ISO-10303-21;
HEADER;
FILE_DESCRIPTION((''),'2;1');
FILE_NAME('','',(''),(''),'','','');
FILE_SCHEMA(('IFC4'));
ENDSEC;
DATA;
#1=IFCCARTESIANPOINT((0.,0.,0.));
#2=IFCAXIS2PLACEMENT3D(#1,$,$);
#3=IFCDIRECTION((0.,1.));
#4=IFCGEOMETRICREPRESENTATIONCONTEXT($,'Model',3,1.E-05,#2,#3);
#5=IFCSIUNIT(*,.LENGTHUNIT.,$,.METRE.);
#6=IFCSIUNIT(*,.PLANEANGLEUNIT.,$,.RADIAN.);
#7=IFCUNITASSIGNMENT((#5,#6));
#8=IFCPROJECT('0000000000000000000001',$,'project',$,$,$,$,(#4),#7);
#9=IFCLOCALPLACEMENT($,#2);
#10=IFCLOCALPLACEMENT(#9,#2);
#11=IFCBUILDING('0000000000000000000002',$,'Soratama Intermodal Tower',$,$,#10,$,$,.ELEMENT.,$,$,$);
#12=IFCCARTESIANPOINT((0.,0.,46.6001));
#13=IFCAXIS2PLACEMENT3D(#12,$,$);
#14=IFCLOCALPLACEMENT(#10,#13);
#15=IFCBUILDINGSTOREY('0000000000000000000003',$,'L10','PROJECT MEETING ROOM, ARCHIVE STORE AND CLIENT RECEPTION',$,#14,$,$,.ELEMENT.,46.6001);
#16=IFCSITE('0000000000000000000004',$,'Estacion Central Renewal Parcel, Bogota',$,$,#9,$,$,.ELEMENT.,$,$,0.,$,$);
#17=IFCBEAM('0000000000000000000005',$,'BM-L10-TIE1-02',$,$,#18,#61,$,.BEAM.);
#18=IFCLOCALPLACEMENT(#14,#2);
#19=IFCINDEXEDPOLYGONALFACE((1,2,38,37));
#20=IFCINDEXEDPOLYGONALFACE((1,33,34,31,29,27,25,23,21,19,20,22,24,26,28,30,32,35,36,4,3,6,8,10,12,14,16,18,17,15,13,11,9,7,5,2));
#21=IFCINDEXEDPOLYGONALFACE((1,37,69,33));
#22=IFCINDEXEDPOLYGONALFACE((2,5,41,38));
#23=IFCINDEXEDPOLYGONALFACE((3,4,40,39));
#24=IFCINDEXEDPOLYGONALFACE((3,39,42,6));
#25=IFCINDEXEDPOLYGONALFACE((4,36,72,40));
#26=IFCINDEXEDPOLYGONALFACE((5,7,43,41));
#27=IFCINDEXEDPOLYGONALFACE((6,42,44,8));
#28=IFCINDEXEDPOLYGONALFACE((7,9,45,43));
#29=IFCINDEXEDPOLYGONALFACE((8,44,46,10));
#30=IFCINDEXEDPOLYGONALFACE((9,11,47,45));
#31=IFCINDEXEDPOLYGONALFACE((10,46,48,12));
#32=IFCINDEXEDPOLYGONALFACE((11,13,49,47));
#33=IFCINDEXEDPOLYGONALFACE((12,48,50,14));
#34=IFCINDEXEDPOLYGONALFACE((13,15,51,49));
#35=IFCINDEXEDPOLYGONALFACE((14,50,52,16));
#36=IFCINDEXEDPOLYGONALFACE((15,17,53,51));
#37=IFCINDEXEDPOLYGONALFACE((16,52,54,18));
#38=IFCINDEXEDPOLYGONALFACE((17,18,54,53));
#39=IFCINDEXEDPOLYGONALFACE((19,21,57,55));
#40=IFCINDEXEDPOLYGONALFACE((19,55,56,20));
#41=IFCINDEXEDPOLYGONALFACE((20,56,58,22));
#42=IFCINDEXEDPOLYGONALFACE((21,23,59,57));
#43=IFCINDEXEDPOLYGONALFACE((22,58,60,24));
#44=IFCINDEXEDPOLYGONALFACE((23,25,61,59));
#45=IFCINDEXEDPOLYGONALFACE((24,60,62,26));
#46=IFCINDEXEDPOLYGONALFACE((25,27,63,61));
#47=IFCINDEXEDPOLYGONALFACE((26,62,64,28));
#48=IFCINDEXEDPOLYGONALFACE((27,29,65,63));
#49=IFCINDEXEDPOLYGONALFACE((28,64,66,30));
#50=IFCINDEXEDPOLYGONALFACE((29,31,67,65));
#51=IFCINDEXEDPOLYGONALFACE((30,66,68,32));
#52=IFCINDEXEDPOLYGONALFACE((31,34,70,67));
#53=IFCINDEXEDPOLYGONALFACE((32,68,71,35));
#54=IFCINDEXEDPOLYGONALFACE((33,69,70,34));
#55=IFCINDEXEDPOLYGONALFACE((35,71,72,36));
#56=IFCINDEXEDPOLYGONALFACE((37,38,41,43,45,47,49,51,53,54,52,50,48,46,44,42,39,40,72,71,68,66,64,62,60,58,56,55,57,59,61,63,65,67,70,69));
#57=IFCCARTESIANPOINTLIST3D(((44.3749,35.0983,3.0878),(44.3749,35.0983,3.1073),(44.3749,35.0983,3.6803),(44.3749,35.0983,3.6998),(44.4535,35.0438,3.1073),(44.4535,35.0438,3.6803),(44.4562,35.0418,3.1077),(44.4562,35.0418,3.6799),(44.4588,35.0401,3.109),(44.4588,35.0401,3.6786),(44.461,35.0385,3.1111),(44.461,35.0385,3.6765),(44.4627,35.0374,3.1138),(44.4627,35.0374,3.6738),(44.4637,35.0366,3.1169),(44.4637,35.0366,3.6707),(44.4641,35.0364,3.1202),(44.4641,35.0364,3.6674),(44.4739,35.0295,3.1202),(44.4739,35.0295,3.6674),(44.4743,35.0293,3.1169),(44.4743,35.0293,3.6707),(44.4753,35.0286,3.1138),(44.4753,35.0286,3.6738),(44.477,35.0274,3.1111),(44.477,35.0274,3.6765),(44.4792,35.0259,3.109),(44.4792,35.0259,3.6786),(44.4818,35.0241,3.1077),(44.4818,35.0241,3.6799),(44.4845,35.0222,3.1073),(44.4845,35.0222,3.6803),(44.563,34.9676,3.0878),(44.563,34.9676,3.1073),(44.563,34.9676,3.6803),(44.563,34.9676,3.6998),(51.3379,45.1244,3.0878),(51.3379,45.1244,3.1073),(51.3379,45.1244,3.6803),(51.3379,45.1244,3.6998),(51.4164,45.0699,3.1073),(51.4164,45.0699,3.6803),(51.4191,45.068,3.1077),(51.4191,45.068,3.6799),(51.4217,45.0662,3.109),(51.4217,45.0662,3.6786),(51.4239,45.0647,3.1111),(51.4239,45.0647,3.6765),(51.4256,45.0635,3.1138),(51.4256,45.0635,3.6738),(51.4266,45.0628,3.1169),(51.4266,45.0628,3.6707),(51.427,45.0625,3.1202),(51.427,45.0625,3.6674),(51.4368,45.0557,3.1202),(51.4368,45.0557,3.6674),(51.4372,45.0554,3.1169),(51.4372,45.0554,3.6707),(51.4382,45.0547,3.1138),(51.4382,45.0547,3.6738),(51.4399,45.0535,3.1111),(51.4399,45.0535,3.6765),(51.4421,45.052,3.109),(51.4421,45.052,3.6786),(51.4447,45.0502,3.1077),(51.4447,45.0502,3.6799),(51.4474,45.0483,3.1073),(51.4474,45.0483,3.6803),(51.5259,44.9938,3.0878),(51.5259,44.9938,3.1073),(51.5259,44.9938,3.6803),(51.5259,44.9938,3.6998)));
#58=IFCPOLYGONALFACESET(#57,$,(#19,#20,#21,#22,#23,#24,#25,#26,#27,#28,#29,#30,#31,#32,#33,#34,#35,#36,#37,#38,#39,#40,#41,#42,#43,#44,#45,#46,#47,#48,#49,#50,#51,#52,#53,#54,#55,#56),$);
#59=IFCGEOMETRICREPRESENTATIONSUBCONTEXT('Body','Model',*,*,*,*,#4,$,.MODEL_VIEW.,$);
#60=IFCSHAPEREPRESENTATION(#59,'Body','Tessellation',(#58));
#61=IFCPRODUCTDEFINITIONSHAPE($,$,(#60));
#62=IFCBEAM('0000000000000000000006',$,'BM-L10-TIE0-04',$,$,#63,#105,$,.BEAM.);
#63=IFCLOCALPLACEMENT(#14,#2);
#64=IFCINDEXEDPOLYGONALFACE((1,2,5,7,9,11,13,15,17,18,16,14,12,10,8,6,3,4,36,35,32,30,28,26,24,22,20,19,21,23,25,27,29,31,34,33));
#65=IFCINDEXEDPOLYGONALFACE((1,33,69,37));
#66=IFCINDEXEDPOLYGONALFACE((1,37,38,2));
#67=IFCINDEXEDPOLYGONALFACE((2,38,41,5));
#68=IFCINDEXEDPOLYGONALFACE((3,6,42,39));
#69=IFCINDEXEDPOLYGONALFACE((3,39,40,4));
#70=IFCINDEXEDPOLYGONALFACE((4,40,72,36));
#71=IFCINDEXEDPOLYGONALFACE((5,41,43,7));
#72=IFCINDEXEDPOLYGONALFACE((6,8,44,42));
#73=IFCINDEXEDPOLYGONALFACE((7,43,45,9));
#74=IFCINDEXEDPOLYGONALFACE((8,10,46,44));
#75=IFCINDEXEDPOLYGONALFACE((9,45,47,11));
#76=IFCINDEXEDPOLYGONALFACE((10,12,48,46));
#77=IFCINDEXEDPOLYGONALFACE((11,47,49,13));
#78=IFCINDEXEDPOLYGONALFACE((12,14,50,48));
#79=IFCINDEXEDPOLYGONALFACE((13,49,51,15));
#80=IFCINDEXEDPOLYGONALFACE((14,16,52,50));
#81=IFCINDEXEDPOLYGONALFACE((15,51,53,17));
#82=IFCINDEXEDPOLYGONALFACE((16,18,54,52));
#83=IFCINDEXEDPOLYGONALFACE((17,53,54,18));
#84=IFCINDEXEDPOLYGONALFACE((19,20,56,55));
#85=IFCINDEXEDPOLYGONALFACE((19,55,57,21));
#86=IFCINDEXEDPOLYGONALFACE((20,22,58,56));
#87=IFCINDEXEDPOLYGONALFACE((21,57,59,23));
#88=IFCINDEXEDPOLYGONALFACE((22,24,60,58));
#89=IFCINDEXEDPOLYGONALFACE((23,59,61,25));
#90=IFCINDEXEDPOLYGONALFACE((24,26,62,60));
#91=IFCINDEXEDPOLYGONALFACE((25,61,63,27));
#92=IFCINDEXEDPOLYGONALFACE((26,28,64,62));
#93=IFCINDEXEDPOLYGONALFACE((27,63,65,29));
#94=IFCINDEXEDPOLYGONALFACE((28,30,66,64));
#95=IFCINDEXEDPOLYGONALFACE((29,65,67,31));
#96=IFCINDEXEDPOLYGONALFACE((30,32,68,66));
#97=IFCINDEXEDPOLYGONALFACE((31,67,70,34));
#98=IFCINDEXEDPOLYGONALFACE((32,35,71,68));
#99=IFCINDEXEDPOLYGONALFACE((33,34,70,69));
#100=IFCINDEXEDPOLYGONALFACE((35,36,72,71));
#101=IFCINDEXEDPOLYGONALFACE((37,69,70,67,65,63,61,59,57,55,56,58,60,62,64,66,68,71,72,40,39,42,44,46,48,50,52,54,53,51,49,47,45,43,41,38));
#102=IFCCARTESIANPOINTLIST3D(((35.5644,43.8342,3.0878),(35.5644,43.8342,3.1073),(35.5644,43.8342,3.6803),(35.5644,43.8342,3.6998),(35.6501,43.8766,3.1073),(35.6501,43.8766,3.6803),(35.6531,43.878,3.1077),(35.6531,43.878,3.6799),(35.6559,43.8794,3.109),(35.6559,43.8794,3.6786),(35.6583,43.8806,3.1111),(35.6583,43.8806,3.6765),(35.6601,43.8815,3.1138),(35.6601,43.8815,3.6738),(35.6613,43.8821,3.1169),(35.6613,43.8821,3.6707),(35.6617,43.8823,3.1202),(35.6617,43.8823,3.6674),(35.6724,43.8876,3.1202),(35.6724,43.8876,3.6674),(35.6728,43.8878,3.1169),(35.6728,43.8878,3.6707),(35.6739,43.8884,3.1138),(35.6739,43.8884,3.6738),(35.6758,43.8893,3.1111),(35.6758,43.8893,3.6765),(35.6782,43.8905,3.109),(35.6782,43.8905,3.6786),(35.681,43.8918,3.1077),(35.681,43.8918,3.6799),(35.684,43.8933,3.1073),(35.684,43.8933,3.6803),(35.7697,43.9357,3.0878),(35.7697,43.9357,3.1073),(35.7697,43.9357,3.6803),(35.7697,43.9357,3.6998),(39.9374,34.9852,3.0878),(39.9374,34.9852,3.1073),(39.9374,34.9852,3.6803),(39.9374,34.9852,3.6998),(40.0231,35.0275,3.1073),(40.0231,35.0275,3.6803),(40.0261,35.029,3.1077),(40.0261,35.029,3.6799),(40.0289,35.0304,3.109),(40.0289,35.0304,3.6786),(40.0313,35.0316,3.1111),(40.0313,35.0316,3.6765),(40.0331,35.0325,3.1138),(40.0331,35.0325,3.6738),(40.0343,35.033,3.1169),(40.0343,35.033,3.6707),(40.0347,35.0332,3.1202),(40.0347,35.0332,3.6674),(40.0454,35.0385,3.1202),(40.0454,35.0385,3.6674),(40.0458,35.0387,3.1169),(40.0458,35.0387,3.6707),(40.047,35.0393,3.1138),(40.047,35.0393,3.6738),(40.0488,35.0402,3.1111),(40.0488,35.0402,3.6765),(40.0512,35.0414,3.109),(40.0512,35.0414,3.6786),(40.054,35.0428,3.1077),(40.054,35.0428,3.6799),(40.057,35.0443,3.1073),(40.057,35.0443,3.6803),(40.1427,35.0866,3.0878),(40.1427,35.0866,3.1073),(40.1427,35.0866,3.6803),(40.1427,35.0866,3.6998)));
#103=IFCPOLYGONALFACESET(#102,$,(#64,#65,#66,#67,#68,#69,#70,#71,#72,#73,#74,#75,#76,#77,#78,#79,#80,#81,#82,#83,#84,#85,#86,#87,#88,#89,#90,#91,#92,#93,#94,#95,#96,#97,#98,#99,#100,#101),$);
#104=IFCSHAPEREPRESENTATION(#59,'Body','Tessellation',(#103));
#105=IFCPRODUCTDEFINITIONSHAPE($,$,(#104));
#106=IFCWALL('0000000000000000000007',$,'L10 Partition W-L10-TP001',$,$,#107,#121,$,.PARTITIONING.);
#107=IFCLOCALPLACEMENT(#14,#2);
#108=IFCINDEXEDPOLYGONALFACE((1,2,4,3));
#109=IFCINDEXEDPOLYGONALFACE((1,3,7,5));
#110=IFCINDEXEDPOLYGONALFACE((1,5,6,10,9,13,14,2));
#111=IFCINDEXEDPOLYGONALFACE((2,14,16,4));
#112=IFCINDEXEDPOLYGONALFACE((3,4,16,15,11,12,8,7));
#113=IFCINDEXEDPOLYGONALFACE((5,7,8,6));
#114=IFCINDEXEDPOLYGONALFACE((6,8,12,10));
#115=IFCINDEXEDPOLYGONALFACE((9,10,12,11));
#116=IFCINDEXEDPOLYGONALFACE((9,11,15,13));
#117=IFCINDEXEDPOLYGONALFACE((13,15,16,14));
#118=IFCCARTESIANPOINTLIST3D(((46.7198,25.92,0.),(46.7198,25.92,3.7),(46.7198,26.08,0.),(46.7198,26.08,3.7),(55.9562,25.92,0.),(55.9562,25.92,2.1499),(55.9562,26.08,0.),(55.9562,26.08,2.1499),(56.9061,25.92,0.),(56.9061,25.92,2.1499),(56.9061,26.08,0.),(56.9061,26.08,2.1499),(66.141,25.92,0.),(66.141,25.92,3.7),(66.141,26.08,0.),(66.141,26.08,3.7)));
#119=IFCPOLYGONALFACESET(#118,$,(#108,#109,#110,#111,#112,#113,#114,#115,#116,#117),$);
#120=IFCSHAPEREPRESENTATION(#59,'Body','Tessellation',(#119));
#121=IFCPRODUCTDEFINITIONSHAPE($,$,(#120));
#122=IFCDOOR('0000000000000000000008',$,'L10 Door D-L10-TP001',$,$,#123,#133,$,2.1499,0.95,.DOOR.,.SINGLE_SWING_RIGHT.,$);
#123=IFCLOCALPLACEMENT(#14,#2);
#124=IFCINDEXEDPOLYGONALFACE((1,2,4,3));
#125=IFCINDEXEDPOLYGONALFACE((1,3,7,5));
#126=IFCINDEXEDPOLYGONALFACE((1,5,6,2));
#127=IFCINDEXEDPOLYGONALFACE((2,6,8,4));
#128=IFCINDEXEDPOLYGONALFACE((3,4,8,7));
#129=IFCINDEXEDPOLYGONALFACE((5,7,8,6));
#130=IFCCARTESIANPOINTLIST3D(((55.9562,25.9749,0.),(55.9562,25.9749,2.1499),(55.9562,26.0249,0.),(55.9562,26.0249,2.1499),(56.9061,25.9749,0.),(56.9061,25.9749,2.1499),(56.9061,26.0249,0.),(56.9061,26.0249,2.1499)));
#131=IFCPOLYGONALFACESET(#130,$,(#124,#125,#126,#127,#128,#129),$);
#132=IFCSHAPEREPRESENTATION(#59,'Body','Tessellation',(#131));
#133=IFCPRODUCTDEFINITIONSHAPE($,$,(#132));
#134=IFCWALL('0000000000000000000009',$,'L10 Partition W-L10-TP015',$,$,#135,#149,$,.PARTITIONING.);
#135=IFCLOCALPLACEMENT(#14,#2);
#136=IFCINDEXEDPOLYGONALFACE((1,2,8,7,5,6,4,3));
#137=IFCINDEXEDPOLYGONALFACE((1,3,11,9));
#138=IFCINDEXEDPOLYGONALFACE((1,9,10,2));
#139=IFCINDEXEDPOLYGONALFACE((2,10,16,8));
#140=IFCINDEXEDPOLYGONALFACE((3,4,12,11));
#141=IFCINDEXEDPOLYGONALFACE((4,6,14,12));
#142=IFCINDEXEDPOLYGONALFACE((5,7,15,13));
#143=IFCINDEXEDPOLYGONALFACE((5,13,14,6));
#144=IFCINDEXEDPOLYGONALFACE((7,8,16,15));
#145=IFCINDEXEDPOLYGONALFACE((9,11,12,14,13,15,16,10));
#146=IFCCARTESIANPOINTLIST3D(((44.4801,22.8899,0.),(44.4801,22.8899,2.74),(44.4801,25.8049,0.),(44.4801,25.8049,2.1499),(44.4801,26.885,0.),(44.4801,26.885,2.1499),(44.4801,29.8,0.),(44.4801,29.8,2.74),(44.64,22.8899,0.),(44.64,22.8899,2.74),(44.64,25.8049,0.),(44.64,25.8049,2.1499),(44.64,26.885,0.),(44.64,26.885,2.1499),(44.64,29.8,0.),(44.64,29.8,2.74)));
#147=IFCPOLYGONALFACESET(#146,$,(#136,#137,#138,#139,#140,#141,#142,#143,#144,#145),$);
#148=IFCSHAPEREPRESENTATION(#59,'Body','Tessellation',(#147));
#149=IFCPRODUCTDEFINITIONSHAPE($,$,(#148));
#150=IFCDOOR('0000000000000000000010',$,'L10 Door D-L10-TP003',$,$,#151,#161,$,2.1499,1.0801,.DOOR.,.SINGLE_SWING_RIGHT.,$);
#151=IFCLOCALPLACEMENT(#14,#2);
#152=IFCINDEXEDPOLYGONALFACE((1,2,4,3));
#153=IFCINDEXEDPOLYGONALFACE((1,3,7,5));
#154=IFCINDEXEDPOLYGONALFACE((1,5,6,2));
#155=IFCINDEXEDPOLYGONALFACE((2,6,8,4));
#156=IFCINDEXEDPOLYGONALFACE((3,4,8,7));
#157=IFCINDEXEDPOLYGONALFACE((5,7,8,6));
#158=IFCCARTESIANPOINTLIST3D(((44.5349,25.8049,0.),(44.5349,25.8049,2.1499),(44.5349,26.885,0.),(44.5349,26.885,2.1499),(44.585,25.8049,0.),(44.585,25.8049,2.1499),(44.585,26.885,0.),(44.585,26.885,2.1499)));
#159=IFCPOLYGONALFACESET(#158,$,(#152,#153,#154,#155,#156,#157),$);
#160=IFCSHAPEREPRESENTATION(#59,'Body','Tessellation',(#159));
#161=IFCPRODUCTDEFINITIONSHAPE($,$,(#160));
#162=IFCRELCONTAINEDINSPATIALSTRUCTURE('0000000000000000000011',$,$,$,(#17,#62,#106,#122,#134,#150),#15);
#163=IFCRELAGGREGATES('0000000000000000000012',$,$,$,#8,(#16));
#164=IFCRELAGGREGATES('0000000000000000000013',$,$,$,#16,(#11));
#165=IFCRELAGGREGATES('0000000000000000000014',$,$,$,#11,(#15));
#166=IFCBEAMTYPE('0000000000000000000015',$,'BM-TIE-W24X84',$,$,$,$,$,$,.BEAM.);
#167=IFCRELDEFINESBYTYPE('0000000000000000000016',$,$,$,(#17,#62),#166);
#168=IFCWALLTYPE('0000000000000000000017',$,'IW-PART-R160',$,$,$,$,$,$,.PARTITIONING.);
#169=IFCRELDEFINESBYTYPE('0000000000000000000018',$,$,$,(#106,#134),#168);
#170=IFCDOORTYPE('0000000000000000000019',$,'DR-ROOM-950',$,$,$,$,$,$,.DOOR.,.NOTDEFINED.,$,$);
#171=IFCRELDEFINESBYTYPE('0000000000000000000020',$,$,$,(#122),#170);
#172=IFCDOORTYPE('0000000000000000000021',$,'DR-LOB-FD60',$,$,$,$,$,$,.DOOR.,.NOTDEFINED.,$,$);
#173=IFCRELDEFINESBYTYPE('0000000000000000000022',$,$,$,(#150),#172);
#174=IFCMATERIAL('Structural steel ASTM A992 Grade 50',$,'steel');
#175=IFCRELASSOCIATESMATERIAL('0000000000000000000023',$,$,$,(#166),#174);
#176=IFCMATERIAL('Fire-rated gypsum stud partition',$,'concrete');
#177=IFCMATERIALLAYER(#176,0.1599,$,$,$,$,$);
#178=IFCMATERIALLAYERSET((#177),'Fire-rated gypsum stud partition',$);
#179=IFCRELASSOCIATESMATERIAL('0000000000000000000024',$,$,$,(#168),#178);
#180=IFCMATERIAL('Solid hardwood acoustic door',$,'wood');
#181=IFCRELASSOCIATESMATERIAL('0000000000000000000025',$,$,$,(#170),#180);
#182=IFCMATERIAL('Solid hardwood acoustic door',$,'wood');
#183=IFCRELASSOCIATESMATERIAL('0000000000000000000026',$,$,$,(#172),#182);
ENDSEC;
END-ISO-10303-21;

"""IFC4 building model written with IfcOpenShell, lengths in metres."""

from ifc_helpers import new_model, si_unit, direction, frame, frame_2d, origin, origin_2d, place, context, subcontext, project, spatial, rectangle, i_section, extrude, material, layer, layer_set, material_profile, profile_set, type_object, element, fill, save


model = new_model("IFC4")

# Units and contexts
model_context = context("Model", 3, precision=1e-05, world=origin(), true_north=direction((0.0, 1.0)))
body_context = subcontext(model_context, "Body", "Model", "MODEL_VIEW")
ifc_project = project(units=[si_unit("LENGTHUNIT", "METRE"), si_unit("PLANEANGLEUNIT", "RADIAN")], contexts=[model_context])

# Site, building, storey
site_placement = place(None, origin())
site = spatial("IfcSite", under=ifc_project, at=site_placement, Name="Estacion Central Renewal Parcel, Bogota", CompositionType="ELEMENT", RefElevation=0.0)
building_placement = place(site_placement, origin())
building = spatial("IfcBuilding", under=site, at=building_placement, Name="Soratama Intermodal Tower", CompositionType="ELEMENT")
storey_placement = place(building_placement, frame((0.0, 0.0, 46.6001)))
storey = spatial("IfcBuildingStorey", under=building, at=storey_placement, Name="L10", Description="PROJECT MEETING ROOM, ARCHIVE STORE AND CLIENT RECEPTION", CompositionType="ELEMENT", Elevation=46.6001)

# Beams
ifc_material_1 = material(Name="Structural steel ASTM A992 Grade 50", Category="steel")
ifc_material_profile_1 = material_profile(ifc_material_1, i_section(OverallWidth=0.229, OverallDepth=0.6121, WebThickness=0.012, FlangeThickness=0.0195, FilletRadius=0.0129, at=origin_2d()), Name="W24X84")
ifc_profile_set_1 = profile_set([ifc_material_profile_1], Name="Structural steel ASTM A992 Grade 50")
beam_type_1 = type_object("IfcBeamType", Name="BM-TIE-W24X84", PredefinedType="BEAM", material=ifc_profile_set_1)
beam_1_placement = place(storey_placement, frame((44.469, 35.033, 3.3938), z_axis=(0.570413, 0.821358, 0.0), x_axis=(-0.821358, 0.570413, 0.0)))
element("IfcBeam", 1, at=beam_1_placement, inside=storey, type_object=beam_type_1, Name="BM-L10-TIE1-02", PredefinedType="BEAM", context=body_context, shape_type="SweptSolid", body=[
    extrude(i_section(OverallWidth=0.229, OverallDepth=0.6121, WebThickness=0.012, FlangeThickness=0.0195, FilletRadius=0.0129, at=origin_2d()), origin(), (0.0, 0.0, 1.0), 12.2068),
])
beam_2_placement = place(storey_placement, frame((40.04, 35.0359, 3.3938), z_axis=(-0.443034, 0.896505, 0.0), x_axis=(-0.896505, -0.443034, 0.0)))
element("IfcBeam", 2, at=beam_2_placement, inside=storey, type_object=beam_type_1, Name="BM-L10-TIE0-04", PredefinedType="BEAM", context=body_context, shape_type="SweptSolid", body=[
    extrude(i_section(OverallWidth=0.229, OverallDepth=0.6121, WebThickness=0.012, FlangeThickness=0.0195, FilletRadius=0.0129, at=origin_2d()), origin(), (0.0, 0.0, 1.0), 9.8706),
])

# Walls, openings, doors
ifc_material_2 = material(Name="Fire-rated gypsum stud partition", Category="concrete")
ifc_layer_1 = layer(ifc_material_2, 0.1599)
ifc_layer_set_1 = layer_set([ifc_layer_1], Name="Fire-rated gypsum stud partition")
wall_type_1 = type_object("IfcWallType", Name="IW-PART-R160", PredefinedType="PARTITIONING", material=ifc_layer_set_1)
wall_1_placement = place(storey_placement, frame((46.72, 26.0, 0.0), z_axis=(0.0, 0.0, 1.0), x_axis=(1.0, 0.0, 0.0)))
wall_1 = element("IfcWall", 3, at=wall_1_placement, inside=storey, type_object=wall_type_1, Name="L10 Partition W-L10-TP001", PredefinedType="PARTITIONING", context=body_context, shape_type="SweptSolid", body=[
    extrude(rectangle(XDim=19.4211, YDim=0.1599, at=frame_2d((9.7104, 0.0))), origin(), (0.0, 0.0, 1.0), 3.7),
])
opening_1_placement = place(wall_1_placement, frame((9.2361, 0.0, 0.0)))
opening_1 = element("IfcOpeningElement", 4, at=opening_1_placement, cuts=wall_1, PredefinedType="OPENING", context=body_context, shape_type="SweptSolid", body=[
    extrude(rectangle(XDim=0.95, YDim=2.1499, at=frame_2d((0.4751, 1.075))), frame((0.0, 0.0898, 0.0), z_axis=(0.0, -1.0, 0.0), x_axis=(1.0, 0.0, 0.0)), (0.0, 0.0, 1.0), 0.1799),
])
ifc_material_3 = material(Name="Solid hardwood acoustic door", Category="wood")
door_type_1 = type_object("IfcDoorType", Name="DR-ROOM-950", OperationType="NOTDEFINED", PredefinedType="DOOR", material=ifc_material_3)
door_1_placement = place(opening_1_placement, origin())
door_1 = element("IfcDoor", 5, at=door_1_placement, inside=storey, type_object=door_type_1, Name="L10 Door D-L10-TP001", OperationType="SINGLE_SWING_RIGHT", OverallHeight=2.1499, OverallWidth=0.95, PredefinedType="DOOR", context=body_context, shape_type="SweptSolid", body=[
    extrude(rectangle(XDim=0.95, YDim=2.1499, at=frame_2d((0.4751, 1.075))), frame((0.0, 0.0249, 0.0), z_axis=(0.0, -1.0, 0.0), x_axis=(1.0, 0.0, 0.0)), (0.0, 0.0, 1.0), 0.05),
])
fill(opening_1, door_1)
wall_2_placement = place(storey_placement, frame((44.5601, 29.8, 0.0), z_axis=(0.0, 0.0, 1.0), x_axis=(0.0, -1.0, 0.0)))
wall_2 = element("IfcWall", 6, at=wall_2_placement, inside=storey, type_object=wall_type_1, Name="L10 Partition W-L10-TP015", PredefinedType="PARTITIONING", context=body_context, shape_type="SweptSolid", body=[
    extrude(rectangle(XDim=6.9102, YDim=0.1599, at=frame_2d((3.4551, 0.0))), origin(), (0.0, 0.0, 1.0), 2.74),
])
opening_2_placement = place(wall_2_placement, frame((2.915, 0.0, 0.0)))
opening_2 = element("IfcOpeningElement", 7, at=opening_2_placement, cuts=wall_2, PredefinedType="OPENING", context=body_context, shape_type="SweptSolid", body=[
    extrude(rectangle(XDim=1.0801, YDim=2.1499, at=frame_2d((0.54, 1.075))), frame((0.0, 0.0898, 0.0), z_axis=(0.0, -1.0, 0.0), x_axis=(1.0, 0.0, 0.0)), (0.0, 0.0, 1.0), 0.1799),
])
ifc_material_4 = material(Name="Solid hardwood acoustic door", Category="wood")
door_type_2 = type_object("IfcDoorType", Name="DR-LOB-FD60", OperationType="NOTDEFINED", PredefinedType="DOOR", material=ifc_material_4)
door_2_placement = place(opening_2_placement, origin())
door_2 = element("IfcDoor", 8, at=door_2_placement, inside=storey, type_object=door_type_2, Name="L10 Door D-L10-TP003", OperationType="SINGLE_SWING_RIGHT", OverallHeight=2.1499, OverallWidth=1.0801, PredefinedType="DOOR", context=body_context, shape_type="SweptSolid", body=[
    extrude(rectangle(XDim=1.0801, YDim=2.1499, at=frame_2d((0.54, 1.075))), frame((0.0, 0.0249, 0.0), z_axis=(0.0, -1.0, 0.0), x_axis=(1.0, 0.0, 0.0)), (0.0, 0.0, 1.0), 0.05),
])
fill(opening_2, door_2)

save(model, "model.ifc")
